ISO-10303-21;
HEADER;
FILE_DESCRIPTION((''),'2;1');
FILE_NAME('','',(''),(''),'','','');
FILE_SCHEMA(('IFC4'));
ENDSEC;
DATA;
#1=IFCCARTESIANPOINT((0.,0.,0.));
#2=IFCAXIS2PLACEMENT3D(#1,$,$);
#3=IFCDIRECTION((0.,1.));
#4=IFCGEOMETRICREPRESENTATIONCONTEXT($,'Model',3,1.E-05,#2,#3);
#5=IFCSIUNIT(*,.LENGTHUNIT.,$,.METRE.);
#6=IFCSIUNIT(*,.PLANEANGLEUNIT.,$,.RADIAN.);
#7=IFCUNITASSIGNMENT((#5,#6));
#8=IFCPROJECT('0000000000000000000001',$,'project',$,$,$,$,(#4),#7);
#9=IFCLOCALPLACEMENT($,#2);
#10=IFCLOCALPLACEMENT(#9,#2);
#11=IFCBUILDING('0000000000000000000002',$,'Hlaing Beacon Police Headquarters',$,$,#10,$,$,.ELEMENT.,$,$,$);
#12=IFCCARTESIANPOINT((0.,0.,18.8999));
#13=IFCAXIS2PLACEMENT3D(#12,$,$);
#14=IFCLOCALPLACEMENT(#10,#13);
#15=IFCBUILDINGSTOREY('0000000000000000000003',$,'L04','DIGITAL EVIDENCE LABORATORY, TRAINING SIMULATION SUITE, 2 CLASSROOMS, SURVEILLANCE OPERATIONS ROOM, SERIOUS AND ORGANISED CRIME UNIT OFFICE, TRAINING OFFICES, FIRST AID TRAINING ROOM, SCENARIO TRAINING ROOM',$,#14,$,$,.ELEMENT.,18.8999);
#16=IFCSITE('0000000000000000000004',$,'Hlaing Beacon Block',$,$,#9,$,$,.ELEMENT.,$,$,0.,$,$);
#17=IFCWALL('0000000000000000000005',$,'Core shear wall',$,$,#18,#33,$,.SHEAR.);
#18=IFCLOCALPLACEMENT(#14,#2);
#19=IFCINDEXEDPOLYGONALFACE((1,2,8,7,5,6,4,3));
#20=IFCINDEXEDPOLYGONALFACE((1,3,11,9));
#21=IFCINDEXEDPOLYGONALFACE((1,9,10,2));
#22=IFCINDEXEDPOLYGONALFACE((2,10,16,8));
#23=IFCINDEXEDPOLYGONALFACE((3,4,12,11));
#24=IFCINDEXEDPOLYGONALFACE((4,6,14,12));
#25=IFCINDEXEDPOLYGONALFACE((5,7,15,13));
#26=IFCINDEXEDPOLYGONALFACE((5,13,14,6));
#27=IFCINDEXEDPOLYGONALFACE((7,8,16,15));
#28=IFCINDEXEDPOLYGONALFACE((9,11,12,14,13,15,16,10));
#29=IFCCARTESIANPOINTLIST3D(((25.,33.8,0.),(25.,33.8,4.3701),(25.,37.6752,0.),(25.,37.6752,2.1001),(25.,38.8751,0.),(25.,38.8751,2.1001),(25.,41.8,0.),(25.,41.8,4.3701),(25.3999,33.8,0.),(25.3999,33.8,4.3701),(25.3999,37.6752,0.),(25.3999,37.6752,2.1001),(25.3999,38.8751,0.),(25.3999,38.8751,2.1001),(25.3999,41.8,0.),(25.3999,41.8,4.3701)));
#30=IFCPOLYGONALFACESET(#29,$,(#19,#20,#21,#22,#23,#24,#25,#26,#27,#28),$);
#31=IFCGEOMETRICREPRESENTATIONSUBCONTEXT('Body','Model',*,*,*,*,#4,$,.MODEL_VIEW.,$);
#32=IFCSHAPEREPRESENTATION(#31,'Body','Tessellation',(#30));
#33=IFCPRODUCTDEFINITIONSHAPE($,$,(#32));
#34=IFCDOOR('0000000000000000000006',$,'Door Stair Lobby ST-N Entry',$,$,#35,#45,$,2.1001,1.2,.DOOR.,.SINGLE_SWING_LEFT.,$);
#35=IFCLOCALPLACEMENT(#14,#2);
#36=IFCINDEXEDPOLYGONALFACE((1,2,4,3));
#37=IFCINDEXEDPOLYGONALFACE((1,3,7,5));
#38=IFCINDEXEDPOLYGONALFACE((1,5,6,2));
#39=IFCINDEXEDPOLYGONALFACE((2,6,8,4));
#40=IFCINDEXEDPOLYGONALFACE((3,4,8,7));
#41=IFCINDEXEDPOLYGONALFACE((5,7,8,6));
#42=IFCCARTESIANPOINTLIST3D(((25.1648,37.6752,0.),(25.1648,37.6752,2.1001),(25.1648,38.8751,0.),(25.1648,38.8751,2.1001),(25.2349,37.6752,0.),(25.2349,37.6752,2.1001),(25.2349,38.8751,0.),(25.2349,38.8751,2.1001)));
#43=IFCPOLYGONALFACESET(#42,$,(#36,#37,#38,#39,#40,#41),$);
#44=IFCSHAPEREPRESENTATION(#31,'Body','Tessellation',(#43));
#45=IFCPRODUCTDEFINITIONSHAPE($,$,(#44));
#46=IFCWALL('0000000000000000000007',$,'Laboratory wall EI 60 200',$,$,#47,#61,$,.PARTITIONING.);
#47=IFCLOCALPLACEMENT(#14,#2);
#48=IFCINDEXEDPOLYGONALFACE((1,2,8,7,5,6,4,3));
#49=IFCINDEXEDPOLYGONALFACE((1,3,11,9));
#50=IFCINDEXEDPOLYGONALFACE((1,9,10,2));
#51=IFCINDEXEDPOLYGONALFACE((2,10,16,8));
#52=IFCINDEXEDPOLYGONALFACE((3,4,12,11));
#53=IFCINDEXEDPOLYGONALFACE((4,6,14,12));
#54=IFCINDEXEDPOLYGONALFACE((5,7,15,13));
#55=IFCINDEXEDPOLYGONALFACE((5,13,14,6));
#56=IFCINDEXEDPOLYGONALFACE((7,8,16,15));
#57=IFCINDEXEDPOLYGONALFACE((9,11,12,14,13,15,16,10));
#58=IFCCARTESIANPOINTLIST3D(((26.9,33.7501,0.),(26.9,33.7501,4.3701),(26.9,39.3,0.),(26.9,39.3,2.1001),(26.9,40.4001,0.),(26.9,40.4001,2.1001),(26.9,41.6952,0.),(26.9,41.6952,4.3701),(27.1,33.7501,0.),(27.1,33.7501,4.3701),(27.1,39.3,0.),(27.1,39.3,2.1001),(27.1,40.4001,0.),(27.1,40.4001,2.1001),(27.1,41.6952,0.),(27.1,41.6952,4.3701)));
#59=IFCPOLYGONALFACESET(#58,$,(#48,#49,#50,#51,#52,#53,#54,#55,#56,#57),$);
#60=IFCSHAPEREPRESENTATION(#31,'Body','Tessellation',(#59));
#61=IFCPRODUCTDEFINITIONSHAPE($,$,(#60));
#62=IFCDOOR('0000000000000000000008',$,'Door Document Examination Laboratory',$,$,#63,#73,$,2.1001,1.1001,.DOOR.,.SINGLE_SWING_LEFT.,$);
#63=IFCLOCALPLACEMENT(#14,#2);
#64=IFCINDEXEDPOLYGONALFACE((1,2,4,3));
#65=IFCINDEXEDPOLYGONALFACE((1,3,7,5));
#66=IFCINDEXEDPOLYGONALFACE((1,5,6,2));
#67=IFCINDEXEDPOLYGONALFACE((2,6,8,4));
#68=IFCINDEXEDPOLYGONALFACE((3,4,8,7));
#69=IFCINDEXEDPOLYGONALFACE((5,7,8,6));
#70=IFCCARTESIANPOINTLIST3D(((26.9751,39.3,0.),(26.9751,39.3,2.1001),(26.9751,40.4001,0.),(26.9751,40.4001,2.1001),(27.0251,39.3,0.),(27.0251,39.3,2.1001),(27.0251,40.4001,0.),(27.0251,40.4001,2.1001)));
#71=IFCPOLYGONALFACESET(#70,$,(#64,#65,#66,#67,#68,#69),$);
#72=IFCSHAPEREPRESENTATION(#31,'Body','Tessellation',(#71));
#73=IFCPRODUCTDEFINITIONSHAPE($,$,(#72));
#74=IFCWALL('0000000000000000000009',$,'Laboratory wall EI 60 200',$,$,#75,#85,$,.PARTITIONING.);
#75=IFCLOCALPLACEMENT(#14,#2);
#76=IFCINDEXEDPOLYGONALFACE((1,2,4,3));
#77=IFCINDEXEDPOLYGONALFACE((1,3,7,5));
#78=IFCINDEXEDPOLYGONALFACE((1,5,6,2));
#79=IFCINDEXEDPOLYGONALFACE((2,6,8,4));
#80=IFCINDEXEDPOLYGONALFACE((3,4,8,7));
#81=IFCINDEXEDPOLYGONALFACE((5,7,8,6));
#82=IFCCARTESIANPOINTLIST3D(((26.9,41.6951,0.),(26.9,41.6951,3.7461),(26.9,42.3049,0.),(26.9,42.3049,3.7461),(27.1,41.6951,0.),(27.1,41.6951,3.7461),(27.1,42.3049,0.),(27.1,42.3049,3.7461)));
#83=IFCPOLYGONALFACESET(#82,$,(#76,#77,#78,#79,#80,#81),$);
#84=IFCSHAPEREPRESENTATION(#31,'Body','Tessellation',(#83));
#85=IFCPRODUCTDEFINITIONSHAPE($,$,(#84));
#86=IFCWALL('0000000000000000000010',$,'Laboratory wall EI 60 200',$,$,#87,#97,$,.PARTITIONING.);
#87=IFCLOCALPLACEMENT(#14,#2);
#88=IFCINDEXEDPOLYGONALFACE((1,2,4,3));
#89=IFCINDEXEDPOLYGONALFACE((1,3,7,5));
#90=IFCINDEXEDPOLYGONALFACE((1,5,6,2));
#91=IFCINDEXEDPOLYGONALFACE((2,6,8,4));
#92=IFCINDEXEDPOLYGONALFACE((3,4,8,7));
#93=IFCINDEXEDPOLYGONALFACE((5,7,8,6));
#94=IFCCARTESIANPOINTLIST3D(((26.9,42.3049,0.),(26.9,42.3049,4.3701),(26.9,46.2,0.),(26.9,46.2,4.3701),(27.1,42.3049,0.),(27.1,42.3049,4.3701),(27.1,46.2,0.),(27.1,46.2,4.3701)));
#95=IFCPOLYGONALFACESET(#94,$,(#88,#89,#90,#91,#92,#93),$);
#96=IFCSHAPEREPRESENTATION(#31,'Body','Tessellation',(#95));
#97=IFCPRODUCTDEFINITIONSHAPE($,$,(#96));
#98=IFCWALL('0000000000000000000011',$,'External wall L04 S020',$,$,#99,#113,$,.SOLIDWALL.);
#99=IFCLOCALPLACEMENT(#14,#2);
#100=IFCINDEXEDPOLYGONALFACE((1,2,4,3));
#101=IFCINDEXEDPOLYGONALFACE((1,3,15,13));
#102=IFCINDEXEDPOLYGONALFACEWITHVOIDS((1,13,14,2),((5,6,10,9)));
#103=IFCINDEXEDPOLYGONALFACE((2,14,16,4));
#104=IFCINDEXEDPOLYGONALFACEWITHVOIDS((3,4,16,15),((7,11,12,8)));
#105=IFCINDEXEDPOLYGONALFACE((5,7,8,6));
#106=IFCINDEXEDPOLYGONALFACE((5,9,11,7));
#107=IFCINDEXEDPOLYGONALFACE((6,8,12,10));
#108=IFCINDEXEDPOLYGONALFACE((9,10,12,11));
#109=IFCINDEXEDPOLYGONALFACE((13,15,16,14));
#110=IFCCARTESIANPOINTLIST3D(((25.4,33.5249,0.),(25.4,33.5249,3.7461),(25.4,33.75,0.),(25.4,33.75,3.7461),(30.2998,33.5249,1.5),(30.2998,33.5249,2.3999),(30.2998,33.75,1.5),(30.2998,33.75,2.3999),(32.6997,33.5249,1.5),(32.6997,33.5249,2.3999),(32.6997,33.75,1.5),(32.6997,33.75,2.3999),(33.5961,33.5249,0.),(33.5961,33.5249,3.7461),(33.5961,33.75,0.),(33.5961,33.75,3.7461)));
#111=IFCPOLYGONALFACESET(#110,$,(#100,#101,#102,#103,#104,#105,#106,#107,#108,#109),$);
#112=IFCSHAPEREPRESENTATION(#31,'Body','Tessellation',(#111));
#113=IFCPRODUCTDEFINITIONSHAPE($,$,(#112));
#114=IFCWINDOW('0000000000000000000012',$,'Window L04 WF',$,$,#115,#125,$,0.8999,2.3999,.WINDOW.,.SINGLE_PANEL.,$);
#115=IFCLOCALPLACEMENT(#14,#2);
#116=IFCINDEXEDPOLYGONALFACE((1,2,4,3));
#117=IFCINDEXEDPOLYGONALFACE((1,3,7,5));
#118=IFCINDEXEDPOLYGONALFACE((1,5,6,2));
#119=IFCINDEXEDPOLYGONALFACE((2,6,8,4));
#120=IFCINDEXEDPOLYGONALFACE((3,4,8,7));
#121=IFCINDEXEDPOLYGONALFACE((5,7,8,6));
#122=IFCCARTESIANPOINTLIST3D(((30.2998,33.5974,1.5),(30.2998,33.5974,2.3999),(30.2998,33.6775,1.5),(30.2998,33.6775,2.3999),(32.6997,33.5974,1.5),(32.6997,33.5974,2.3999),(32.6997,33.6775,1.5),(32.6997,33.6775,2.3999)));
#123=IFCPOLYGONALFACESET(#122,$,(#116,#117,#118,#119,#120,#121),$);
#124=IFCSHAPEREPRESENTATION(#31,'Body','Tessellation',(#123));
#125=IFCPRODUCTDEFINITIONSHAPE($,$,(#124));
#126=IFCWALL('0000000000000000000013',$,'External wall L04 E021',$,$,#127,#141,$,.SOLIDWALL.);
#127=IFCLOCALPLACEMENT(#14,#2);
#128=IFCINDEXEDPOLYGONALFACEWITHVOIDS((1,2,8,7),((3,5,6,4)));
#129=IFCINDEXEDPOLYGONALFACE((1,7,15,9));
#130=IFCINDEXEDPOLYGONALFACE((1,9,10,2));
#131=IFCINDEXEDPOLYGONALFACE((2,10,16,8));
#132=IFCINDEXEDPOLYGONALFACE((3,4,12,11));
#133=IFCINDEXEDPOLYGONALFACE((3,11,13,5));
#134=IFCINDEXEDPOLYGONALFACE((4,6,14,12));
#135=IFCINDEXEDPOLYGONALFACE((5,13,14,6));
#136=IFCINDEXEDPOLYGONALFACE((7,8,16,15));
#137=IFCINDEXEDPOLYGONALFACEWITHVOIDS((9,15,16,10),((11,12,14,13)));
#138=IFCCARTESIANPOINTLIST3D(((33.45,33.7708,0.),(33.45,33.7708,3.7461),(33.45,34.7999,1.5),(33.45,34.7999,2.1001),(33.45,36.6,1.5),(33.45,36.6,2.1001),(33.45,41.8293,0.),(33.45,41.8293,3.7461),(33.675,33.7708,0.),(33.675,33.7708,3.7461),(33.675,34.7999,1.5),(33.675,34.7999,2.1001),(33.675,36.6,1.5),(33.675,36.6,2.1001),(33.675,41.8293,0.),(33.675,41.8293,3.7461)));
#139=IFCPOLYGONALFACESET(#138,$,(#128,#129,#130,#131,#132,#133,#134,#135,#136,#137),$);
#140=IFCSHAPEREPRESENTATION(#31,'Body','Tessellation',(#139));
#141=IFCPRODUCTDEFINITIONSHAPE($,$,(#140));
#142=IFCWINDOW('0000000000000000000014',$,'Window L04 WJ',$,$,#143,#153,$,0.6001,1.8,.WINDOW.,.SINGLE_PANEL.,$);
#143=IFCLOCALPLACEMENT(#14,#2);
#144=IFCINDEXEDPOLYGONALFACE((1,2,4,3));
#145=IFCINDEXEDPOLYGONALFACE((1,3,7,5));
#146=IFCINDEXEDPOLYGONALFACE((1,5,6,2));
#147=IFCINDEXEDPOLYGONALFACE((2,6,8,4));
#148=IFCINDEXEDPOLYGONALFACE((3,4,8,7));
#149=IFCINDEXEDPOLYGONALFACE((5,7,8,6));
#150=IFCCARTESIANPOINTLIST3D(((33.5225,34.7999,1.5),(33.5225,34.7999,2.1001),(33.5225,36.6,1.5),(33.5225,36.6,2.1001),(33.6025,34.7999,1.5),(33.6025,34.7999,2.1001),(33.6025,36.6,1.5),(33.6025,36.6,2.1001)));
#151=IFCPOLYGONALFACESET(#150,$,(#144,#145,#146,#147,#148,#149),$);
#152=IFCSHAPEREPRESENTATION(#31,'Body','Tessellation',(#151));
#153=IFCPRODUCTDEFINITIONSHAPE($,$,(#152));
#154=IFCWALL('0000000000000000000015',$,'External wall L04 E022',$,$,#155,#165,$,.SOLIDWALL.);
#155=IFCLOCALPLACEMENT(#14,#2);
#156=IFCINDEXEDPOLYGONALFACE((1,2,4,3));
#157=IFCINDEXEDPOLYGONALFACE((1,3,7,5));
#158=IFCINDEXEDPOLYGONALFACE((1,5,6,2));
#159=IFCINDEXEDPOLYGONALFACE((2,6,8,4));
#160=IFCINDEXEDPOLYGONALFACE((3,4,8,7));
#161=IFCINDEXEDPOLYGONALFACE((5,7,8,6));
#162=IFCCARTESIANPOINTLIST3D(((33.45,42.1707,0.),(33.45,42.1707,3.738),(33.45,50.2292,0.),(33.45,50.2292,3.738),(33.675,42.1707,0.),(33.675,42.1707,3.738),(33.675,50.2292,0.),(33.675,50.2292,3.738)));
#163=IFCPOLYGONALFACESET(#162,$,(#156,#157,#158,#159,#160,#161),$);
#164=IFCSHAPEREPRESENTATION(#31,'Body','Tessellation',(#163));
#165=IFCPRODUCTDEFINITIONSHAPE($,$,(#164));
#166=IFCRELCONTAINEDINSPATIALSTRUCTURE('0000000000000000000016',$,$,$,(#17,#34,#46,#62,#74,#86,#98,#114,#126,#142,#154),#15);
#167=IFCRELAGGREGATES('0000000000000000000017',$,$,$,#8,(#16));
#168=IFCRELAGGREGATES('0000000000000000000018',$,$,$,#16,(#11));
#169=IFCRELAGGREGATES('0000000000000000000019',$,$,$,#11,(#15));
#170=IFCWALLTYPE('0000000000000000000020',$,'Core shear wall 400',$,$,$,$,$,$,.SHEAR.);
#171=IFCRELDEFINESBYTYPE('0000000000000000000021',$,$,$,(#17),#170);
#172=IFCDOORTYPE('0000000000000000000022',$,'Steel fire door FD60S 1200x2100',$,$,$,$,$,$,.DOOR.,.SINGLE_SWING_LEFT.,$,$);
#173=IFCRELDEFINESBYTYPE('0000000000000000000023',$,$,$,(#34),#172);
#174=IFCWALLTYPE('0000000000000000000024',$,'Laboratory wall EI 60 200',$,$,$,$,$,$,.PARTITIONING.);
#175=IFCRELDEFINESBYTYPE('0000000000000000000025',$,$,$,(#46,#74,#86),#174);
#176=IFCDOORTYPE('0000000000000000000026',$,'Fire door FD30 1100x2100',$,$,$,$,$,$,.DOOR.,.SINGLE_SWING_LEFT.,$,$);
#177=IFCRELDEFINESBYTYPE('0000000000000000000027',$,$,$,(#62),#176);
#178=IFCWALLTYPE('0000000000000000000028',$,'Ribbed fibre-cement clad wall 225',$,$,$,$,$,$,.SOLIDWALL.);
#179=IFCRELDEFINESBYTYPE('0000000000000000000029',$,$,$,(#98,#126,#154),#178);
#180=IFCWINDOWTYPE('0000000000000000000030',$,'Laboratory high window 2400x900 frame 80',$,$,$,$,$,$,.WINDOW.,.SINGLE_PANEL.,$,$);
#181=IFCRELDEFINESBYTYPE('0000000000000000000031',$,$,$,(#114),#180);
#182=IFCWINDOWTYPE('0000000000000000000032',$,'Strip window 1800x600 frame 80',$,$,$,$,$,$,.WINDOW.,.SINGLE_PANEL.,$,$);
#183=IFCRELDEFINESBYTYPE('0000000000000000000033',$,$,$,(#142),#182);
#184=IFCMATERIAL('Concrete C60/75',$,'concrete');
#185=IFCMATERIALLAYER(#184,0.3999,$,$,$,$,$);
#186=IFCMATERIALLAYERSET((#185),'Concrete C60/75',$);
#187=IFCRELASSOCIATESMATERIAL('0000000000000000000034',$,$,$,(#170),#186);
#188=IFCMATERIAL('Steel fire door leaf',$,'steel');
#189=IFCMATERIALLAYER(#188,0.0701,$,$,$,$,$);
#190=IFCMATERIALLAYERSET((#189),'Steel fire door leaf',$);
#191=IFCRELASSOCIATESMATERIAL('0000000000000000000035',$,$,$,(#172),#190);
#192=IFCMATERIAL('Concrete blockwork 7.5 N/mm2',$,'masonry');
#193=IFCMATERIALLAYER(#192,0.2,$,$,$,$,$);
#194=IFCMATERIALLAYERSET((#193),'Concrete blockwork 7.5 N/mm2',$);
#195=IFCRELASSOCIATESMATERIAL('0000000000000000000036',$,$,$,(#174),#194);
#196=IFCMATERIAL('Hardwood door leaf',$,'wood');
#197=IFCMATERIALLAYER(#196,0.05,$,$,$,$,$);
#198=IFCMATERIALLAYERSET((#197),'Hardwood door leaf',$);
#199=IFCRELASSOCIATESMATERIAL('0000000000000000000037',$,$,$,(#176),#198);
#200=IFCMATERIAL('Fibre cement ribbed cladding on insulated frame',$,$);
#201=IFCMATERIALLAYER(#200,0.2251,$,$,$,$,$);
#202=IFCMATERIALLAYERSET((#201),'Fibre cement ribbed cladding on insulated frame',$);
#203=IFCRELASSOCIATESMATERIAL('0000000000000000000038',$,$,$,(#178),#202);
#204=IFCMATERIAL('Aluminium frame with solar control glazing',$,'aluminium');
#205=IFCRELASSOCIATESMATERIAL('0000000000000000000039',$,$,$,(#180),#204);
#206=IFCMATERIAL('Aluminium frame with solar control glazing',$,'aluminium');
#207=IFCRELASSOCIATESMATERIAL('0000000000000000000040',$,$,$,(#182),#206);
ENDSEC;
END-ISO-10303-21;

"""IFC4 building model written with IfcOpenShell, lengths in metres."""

from ifc_helpers import new_model, si_unit, direction, frame, frame_2d, origin, place, context, subcontext, project, spatial, rectangle, extrude, material, layer, layer_set, type_object, element, fill, save


model = new_model("IFC4")

# Units and contexts
model_context = context("Model", 3, precision=1e-05, world=origin(), true_north=direction((0.0, 1.0)))
body_context = subcontext(model_context, "Body", "Model", "MODEL_VIEW")
ifc_project = project(units=[si_unit("LENGTHUNIT", "METRE"), si_unit("PLANEANGLEUNIT", "RADIAN")], contexts=[model_context])

# Site, building, storey
site_placement = place(None, origin())
site = spatial("IfcSite", under=ifc_project, at=site_placement, Name="Hlaing Beacon Block", CompositionType="ELEMENT", RefElevation=0.0)
building_placement = place(site_placement, origin())
building = spatial("IfcBuilding", under=site, at=building_placement, Name="Hlaing Beacon Police Headquarters", CompositionType="ELEMENT")
storey_placement = place(building_placement, frame((0.0, 0.0, 18.8999)))
storey = spatial("IfcBuildingStorey", under=building, at=storey_placement, Name="L04", Description="DIGITAL EVIDENCE LABORATORY, TRAINING SIMULATION SUITE, 2 CLASSROOMS, SURVEILLANCE OPERATIONS ROOM, SERIOUS AND ORGANISED CRIME UNIT OFFICE, TRAINING OFFICES, FIRST AID TRAINING ROOM, SCENARIO TRAINING ROOM", CompositionType="ELEMENT", Elevation=18.8999)

# Walls, openings, doors
ifc_material_1 = material(Name="Concrete C60/75", Category="concrete")
ifc_layer_1 = layer(ifc_material_1, 0.3999)
ifc_layer_set_1 = layer_set([ifc_layer_1], Name="Concrete C60/75")
wall_type_1 = type_object("IfcWallType", Name="Core shear wall 400", PredefinedType="SHEAR", material=ifc_layer_set_1)
ifc_material_2 = material(Name="Steel fire door leaf", Category="steel")
ifc_layer_2 = layer(ifc_material_2, 0.0701)
ifc_layer_set_2 = layer_set([ifc_layer_2], Name="Steel fire door leaf")
door_type_1 = type_object("IfcDoorType", Name="Steel fire door FD60S 1200x2100", OperationType="SINGLE_SWING_LEFT", PredefinedType="DOOR", material=ifc_layer_set_2)
wall_1_placement = place(storey_placement, frame((25.2, 33.8, 0.0), z_axis=(0.0, 0.0, 1.0), x_axis=(0.0, 1.0, 0.0)))
wall_1 = element("IfcWall", 1, at=wall_1_placement, inside=storey, type_object=wall_type_1, Name="Core shear wall", PredefinedType="SHEAR", context=body_context, shape_type="SweptSolid", body=[
    extrude(rectangle(XDim=8.0, YDim=0.3999, at=frame_2d((4.0, 0.0))), origin(), (0.0, 0.0, 1.0), 4.3701),
])
opening_1_placement = place(wall_1_placement, frame((3.875, 0.0, 0.0)))
opening_1 = element("IfcOpeningElement", 2, at=opening_1_placement, cuts=wall_1, PredefinedType="OPENING", context=body_context, shape_type="SweptSolid", body=[
    extrude(rectangle(XDim=1.2, YDim=2.1001, at=frame_2d((0.6001, 1.05))), frame((0.0, 0.21, 0.0), z_axis=(0.0, -1.0, 0.0), x_axis=(1.0, 0.0, 0.0)), (0.0, 0.0, 1.0), 0.4199),
])
door_1_placement = place(opening_1_placement, origin())
door_1 = element("IfcDoor", 3, at=door_1_placement, inside=storey, type_object=door_type_1, Name="Door Stair Lobby ST-N Entry", OperationType="SINGLE_SWING_LEFT", OverallHeight=2.1001, OverallWidth=1.2, PredefinedType="DOOR", context=body_context, shape_type="SweptSolid", body=[
    extrude(rectangle(XDim=1.2, YDim=2.1001, at=frame_2d((0.6001, 1.05))), frame((0.0, 0.0352, 0.0), z_axis=(0.0, -1.0, 0.0), x_axis=(1.0, 0.0, 0.0)), (0.0, 0.0, 1.0), 0.0701),
])
fill(opening_1, door_1)
ifc_material_3 = material(Name="Concrete blockwork 7.5 N/mm2", Category="masonry")
ifc_layer_3 = layer(ifc_material_3, 0.2)
ifc_layer_set_3 = layer_set([ifc_layer_3], Name="Concrete blockwork 7.5 N/mm2")
wall_type_2 = type_object("IfcWallType", Name="Laboratory wall EI 60 200", PredefinedType="PARTITIONING", material=ifc_layer_set_3)
wall_2_placement = place(storey_placement, frame((27.0, 33.75, 0.0), z_axis=(0.0, 0.0, 1.0), x_axis=(0.0, 1.0, 0.0)))
wall_2 = element("IfcWall", 4, at=wall_2_placement, inside=storey, type_object=wall_type_2, Name="Laboratory wall EI 60 200", PredefinedType="PARTITIONING", context=body_context, shape_type="SweptSolid", body=[
    extrude(rectangle(XDim=7.9451, YDim=0.2, at=frame_2d((3.9727, 0.0))), origin(), (0.0, 0.0, 1.0), 4.3701),
])
opening_2_placement = place(wall_2_placement, frame((5.55, 0.0, 0.0)))
opening_2 = element("IfcOpeningElement", 5, at=opening_2_placement, cuts=wall_2, PredefinedType="OPENING", context=body_context, shape_type="SweptSolid", body=[
    extrude(rectangle(XDim=1.1001, YDim=2.1001, at=frame_2d((0.55, 1.05))), frame((0.0, 0.1099, 0.0), z_axis=(0.0, -1.0, 0.0), x_axis=(1.0, 0.0, 0.0)), (0.0, 0.0, 1.0), 0.22),
])
ifc_material_4 = material(Name="Hardwood door leaf", Category="wood")
ifc_layer_4 = layer(ifc_material_4, 0.05)
ifc_layer_set_4 = layer_set([ifc_layer_4], Name="Hardwood door leaf")
door_type_2 = type_object("IfcDoorType", Name="Fire door FD30 1100x2100", OperationType="SINGLE_SWING_LEFT", PredefinedType="DOOR", material=ifc_layer_set_4)
door_2_placement = place(opening_2_placement, frame((1.1001, 0.0, 0.0), z_axis=(0.0, 0.0, 1.0), x_axis=(-1.0, 0.0, 0.0)))
door_2 = element("IfcDoor", 6, at=door_2_placement, inside=storey, type_object=door_type_2, Name="Door Document Examination Laboratory", OperationType="SINGLE_SWING_LEFT", OverallHeight=2.1001, OverallWidth=1.1001, PredefinedType="DOOR", context=body_context, shape_type="SweptSolid", body=[
    extrude(rectangle(XDim=1.1001, YDim=2.1001, at=frame_2d((0.55, 1.05))), frame((0.0, 0.0251, 0.0), z_axis=(0.0, -1.0, 0.0), x_axis=(1.0, 0.0, 0.0)), (0.0, 0.0, 1.0), 0.05),
])
fill(opening_2, door_2)

# Walls
wall_3_placement = place(storey_placement, frame((27.0, 41.6951, 0.0), z_axis=(0.0, 0.0, 1.0), x_axis=(0.0, 1.0, 0.0)))
element("IfcWall", 7, at=wall_3_placement, inside=storey, type_object=wall_type_2, Name="Laboratory wall EI 60 200", PredefinedType="PARTITIONING", context=body_context, shape_type="SweptSolid", body=[
    extrude(rectangle(XDim=0.6099, YDim=0.2, at=frame_2d((0.3049, 0.0))), origin(), (0.0, 0.0, 1.0), 3.7461),
])
wall_4_placement = place(storey_placement, frame((27.0, 42.3049, 0.0), z_axis=(0.0, 0.0, 1.0), x_axis=(0.0, 1.0, 0.0)))
element("IfcWall", 8, at=wall_4_placement, inside=storey, type_object=wall_type_2, Name="Laboratory wall EI 60 200", PredefinedType="PARTITIONING", context=body_context, shape_type="SweptSolid", body=[
    extrude(rectangle(XDim=3.895, YDim=0.2, at=frame_2d((1.9475, 0.0))), origin(), (0.0, 0.0, 1.0), 4.3701),
])

# Walls, openings, windows
ifc_material_5 = material(Name="Fibre cement ribbed cladding on insulated frame")
ifc_layer_5 = layer(ifc_material_5, 0.2251)
ifc_layer_set_5 = layer_set([ifc_layer_5], Name="Fibre cement ribbed cladding on insulated frame")
wall_type_3 = type_object("IfcWallType", Name="Ribbed fibre-cement clad wall 225", PredefinedType="SOLIDWALL", material=ifc_layer_set_5)
wall_5_placement = place(storey_placement, frame((25.3999, 33.6375, 0.0), z_axis=(0.0, 0.0, 1.0), x_axis=(1.0, 0.0, 0.0)))
wall_5 = element("IfcWall", 9, at=wall_5_placement, inside=storey, type_object=wall_type_3, Name="External wall L04 S020", PredefinedType="SOLIDWALL", context=body_context, shape_type="SweptSolid", body=[
    extrude(rectangle(XDim=8.196, YDim=0.2251, at=frame_2d((4.0981, 0.0))), origin(), (0.0, 0.0, 1.0), 3.7461),
])
opening_3_placement = place(wall_5_placement, frame((4.8999, 0.0, 1.5)))
opening_3 = element("IfcOpeningElement", 10, at=opening_3_placement, cuts=wall_5, PredefinedType="OPENING", context=body_context, shape_type="SweptSolid", body=[
    extrude(rectangle(XDim=2.3999, YDim=0.8999, at=frame_2d((1.2, 0.45))), frame((0.0, 0.1226, 0.0), z_axis=(0.0, -1.0, 0.0), x_axis=(1.0, 0.0, 0.0)), (0.0, 0.0, 1.0), 0.2451),
])
ifc_material_6 = material(Name="Aluminium frame with solar control glazing", Category="aluminium")
window_type_1 = type_object("IfcWindowType", Name="Laboratory high window 2400x900 frame 80", PartitioningType="SINGLE_PANEL", PredefinedType="WINDOW", material=ifc_material_6)
window_1_placement = place(opening_3_placement, origin())
window_1 = element("IfcWindow", 11, at=window_1_placement, inside=storey, type_object=window_type_1, Name="Window L04 WF", OverallHeight=0.8999, OverallWidth=2.3999, PartitioningType="SINGLE_PANEL", PredefinedType="WINDOW", context=body_context, shape_type="SweptSolid", body=[
    extrude(rectangle(XDim=2.3999, YDim=0.8999, at=frame_2d((1.2, 0.45))), frame((0.0, 0.04, 0.0), z_axis=(0.0, -1.0, 0.0), x_axis=(1.0, 0.0, 0.0)), (0.0, 0.0, 1.0), 0.0801),
])
fill(opening_3, window_1)
wall_6_placement = place(storey_placement, frame((33.5625, 33.7708, 0.0), z_axis=(0.0, 0.0, 1.0), x_axis=(0.0, 1.0, 0.0)))
wall_6 = element("IfcWall", 12, at=wall_6_placement, inside=storey, type_object=wall_type_3, Name="External wall L04 E021", PredefinedType="SOLIDWALL", context=body_context, shape_type="SweptSolid", body=[
    extrude(rectangle(XDim=8.0586, YDim=0.2251, at=frame_2d((4.0293, 0.0))), origin(), (0.0, 0.0, 1.0), 3.7461),
])
opening_4_placement = place(wall_6_placement, frame((1.0293, 0.0, 1.5)))
opening_4 = element("IfcOpeningElement", 13, at=opening_4_placement, cuts=wall_6, PredefinedType="OPENING", context=body_context, shape_type="SweptSolid", body=[
    extrude(rectangle(XDim=1.8, YDim=0.6001, at=frame_2d((0.8999, 0.3))), frame((0.0, 0.1226, 0.0), z_axis=(0.0, -1.0, 0.0), x_axis=(1.0, 0.0, 0.0)), (0.0, 0.0, 1.0), 0.2451),
])
ifc_material_7 = material(Name="Aluminium frame with solar control glazing", Category="aluminium")
window_type_2 = type_object("IfcWindowType", Name="Strip window 1800x600 frame 80", PartitioningType="SINGLE_PANEL", PredefinedType="WINDOW", material=ifc_material_7)
window_2_placement = place(opening_4_placement, origin())
window_2 = element("IfcWindow", 14, at=window_2_placement, inside=storey, type_object=window_type_2, Name="Window L04 WJ", OverallHeight=0.6001, OverallWidth=1.8, PartitioningType="SINGLE_PANEL", PredefinedType="WINDOW", context=body_context, shape_type="SweptSolid", body=[
    extrude(rectangle(XDim=1.8, YDim=0.6001, at=frame_2d((0.8999, 0.3))), frame((0.0, 0.04, 0.0), z_axis=(0.0, -1.0, 0.0), x_axis=(1.0, 0.0, 0.0)), (0.0, 0.0, 1.0), 0.0801),
])
fill(opening_4, window_2)

# Wall
wall_7_placement = place(storey_placement, frame((33.5625, 42.1707, 0.0), z_axis=(0.0, 0.0, 1.0), x_axis=(0.0, 1.0, 0.0)))
element("IfcWall", 15, at=wall_7_placement, inside=storey, type_object=wall_type_3, Name="External wall L04 E022", PredefinedType="SOLIDWALL", context=body_context, shape_type="SweptSolid", body=[
    extrude(rectangle(XDim=8.0586, YDim=0.2251, at=frame_2d((4.0293, 0.0))), origin(), (0.0, 0.0, 1.0), 3.738),
])

save(model, "model.ifc")
